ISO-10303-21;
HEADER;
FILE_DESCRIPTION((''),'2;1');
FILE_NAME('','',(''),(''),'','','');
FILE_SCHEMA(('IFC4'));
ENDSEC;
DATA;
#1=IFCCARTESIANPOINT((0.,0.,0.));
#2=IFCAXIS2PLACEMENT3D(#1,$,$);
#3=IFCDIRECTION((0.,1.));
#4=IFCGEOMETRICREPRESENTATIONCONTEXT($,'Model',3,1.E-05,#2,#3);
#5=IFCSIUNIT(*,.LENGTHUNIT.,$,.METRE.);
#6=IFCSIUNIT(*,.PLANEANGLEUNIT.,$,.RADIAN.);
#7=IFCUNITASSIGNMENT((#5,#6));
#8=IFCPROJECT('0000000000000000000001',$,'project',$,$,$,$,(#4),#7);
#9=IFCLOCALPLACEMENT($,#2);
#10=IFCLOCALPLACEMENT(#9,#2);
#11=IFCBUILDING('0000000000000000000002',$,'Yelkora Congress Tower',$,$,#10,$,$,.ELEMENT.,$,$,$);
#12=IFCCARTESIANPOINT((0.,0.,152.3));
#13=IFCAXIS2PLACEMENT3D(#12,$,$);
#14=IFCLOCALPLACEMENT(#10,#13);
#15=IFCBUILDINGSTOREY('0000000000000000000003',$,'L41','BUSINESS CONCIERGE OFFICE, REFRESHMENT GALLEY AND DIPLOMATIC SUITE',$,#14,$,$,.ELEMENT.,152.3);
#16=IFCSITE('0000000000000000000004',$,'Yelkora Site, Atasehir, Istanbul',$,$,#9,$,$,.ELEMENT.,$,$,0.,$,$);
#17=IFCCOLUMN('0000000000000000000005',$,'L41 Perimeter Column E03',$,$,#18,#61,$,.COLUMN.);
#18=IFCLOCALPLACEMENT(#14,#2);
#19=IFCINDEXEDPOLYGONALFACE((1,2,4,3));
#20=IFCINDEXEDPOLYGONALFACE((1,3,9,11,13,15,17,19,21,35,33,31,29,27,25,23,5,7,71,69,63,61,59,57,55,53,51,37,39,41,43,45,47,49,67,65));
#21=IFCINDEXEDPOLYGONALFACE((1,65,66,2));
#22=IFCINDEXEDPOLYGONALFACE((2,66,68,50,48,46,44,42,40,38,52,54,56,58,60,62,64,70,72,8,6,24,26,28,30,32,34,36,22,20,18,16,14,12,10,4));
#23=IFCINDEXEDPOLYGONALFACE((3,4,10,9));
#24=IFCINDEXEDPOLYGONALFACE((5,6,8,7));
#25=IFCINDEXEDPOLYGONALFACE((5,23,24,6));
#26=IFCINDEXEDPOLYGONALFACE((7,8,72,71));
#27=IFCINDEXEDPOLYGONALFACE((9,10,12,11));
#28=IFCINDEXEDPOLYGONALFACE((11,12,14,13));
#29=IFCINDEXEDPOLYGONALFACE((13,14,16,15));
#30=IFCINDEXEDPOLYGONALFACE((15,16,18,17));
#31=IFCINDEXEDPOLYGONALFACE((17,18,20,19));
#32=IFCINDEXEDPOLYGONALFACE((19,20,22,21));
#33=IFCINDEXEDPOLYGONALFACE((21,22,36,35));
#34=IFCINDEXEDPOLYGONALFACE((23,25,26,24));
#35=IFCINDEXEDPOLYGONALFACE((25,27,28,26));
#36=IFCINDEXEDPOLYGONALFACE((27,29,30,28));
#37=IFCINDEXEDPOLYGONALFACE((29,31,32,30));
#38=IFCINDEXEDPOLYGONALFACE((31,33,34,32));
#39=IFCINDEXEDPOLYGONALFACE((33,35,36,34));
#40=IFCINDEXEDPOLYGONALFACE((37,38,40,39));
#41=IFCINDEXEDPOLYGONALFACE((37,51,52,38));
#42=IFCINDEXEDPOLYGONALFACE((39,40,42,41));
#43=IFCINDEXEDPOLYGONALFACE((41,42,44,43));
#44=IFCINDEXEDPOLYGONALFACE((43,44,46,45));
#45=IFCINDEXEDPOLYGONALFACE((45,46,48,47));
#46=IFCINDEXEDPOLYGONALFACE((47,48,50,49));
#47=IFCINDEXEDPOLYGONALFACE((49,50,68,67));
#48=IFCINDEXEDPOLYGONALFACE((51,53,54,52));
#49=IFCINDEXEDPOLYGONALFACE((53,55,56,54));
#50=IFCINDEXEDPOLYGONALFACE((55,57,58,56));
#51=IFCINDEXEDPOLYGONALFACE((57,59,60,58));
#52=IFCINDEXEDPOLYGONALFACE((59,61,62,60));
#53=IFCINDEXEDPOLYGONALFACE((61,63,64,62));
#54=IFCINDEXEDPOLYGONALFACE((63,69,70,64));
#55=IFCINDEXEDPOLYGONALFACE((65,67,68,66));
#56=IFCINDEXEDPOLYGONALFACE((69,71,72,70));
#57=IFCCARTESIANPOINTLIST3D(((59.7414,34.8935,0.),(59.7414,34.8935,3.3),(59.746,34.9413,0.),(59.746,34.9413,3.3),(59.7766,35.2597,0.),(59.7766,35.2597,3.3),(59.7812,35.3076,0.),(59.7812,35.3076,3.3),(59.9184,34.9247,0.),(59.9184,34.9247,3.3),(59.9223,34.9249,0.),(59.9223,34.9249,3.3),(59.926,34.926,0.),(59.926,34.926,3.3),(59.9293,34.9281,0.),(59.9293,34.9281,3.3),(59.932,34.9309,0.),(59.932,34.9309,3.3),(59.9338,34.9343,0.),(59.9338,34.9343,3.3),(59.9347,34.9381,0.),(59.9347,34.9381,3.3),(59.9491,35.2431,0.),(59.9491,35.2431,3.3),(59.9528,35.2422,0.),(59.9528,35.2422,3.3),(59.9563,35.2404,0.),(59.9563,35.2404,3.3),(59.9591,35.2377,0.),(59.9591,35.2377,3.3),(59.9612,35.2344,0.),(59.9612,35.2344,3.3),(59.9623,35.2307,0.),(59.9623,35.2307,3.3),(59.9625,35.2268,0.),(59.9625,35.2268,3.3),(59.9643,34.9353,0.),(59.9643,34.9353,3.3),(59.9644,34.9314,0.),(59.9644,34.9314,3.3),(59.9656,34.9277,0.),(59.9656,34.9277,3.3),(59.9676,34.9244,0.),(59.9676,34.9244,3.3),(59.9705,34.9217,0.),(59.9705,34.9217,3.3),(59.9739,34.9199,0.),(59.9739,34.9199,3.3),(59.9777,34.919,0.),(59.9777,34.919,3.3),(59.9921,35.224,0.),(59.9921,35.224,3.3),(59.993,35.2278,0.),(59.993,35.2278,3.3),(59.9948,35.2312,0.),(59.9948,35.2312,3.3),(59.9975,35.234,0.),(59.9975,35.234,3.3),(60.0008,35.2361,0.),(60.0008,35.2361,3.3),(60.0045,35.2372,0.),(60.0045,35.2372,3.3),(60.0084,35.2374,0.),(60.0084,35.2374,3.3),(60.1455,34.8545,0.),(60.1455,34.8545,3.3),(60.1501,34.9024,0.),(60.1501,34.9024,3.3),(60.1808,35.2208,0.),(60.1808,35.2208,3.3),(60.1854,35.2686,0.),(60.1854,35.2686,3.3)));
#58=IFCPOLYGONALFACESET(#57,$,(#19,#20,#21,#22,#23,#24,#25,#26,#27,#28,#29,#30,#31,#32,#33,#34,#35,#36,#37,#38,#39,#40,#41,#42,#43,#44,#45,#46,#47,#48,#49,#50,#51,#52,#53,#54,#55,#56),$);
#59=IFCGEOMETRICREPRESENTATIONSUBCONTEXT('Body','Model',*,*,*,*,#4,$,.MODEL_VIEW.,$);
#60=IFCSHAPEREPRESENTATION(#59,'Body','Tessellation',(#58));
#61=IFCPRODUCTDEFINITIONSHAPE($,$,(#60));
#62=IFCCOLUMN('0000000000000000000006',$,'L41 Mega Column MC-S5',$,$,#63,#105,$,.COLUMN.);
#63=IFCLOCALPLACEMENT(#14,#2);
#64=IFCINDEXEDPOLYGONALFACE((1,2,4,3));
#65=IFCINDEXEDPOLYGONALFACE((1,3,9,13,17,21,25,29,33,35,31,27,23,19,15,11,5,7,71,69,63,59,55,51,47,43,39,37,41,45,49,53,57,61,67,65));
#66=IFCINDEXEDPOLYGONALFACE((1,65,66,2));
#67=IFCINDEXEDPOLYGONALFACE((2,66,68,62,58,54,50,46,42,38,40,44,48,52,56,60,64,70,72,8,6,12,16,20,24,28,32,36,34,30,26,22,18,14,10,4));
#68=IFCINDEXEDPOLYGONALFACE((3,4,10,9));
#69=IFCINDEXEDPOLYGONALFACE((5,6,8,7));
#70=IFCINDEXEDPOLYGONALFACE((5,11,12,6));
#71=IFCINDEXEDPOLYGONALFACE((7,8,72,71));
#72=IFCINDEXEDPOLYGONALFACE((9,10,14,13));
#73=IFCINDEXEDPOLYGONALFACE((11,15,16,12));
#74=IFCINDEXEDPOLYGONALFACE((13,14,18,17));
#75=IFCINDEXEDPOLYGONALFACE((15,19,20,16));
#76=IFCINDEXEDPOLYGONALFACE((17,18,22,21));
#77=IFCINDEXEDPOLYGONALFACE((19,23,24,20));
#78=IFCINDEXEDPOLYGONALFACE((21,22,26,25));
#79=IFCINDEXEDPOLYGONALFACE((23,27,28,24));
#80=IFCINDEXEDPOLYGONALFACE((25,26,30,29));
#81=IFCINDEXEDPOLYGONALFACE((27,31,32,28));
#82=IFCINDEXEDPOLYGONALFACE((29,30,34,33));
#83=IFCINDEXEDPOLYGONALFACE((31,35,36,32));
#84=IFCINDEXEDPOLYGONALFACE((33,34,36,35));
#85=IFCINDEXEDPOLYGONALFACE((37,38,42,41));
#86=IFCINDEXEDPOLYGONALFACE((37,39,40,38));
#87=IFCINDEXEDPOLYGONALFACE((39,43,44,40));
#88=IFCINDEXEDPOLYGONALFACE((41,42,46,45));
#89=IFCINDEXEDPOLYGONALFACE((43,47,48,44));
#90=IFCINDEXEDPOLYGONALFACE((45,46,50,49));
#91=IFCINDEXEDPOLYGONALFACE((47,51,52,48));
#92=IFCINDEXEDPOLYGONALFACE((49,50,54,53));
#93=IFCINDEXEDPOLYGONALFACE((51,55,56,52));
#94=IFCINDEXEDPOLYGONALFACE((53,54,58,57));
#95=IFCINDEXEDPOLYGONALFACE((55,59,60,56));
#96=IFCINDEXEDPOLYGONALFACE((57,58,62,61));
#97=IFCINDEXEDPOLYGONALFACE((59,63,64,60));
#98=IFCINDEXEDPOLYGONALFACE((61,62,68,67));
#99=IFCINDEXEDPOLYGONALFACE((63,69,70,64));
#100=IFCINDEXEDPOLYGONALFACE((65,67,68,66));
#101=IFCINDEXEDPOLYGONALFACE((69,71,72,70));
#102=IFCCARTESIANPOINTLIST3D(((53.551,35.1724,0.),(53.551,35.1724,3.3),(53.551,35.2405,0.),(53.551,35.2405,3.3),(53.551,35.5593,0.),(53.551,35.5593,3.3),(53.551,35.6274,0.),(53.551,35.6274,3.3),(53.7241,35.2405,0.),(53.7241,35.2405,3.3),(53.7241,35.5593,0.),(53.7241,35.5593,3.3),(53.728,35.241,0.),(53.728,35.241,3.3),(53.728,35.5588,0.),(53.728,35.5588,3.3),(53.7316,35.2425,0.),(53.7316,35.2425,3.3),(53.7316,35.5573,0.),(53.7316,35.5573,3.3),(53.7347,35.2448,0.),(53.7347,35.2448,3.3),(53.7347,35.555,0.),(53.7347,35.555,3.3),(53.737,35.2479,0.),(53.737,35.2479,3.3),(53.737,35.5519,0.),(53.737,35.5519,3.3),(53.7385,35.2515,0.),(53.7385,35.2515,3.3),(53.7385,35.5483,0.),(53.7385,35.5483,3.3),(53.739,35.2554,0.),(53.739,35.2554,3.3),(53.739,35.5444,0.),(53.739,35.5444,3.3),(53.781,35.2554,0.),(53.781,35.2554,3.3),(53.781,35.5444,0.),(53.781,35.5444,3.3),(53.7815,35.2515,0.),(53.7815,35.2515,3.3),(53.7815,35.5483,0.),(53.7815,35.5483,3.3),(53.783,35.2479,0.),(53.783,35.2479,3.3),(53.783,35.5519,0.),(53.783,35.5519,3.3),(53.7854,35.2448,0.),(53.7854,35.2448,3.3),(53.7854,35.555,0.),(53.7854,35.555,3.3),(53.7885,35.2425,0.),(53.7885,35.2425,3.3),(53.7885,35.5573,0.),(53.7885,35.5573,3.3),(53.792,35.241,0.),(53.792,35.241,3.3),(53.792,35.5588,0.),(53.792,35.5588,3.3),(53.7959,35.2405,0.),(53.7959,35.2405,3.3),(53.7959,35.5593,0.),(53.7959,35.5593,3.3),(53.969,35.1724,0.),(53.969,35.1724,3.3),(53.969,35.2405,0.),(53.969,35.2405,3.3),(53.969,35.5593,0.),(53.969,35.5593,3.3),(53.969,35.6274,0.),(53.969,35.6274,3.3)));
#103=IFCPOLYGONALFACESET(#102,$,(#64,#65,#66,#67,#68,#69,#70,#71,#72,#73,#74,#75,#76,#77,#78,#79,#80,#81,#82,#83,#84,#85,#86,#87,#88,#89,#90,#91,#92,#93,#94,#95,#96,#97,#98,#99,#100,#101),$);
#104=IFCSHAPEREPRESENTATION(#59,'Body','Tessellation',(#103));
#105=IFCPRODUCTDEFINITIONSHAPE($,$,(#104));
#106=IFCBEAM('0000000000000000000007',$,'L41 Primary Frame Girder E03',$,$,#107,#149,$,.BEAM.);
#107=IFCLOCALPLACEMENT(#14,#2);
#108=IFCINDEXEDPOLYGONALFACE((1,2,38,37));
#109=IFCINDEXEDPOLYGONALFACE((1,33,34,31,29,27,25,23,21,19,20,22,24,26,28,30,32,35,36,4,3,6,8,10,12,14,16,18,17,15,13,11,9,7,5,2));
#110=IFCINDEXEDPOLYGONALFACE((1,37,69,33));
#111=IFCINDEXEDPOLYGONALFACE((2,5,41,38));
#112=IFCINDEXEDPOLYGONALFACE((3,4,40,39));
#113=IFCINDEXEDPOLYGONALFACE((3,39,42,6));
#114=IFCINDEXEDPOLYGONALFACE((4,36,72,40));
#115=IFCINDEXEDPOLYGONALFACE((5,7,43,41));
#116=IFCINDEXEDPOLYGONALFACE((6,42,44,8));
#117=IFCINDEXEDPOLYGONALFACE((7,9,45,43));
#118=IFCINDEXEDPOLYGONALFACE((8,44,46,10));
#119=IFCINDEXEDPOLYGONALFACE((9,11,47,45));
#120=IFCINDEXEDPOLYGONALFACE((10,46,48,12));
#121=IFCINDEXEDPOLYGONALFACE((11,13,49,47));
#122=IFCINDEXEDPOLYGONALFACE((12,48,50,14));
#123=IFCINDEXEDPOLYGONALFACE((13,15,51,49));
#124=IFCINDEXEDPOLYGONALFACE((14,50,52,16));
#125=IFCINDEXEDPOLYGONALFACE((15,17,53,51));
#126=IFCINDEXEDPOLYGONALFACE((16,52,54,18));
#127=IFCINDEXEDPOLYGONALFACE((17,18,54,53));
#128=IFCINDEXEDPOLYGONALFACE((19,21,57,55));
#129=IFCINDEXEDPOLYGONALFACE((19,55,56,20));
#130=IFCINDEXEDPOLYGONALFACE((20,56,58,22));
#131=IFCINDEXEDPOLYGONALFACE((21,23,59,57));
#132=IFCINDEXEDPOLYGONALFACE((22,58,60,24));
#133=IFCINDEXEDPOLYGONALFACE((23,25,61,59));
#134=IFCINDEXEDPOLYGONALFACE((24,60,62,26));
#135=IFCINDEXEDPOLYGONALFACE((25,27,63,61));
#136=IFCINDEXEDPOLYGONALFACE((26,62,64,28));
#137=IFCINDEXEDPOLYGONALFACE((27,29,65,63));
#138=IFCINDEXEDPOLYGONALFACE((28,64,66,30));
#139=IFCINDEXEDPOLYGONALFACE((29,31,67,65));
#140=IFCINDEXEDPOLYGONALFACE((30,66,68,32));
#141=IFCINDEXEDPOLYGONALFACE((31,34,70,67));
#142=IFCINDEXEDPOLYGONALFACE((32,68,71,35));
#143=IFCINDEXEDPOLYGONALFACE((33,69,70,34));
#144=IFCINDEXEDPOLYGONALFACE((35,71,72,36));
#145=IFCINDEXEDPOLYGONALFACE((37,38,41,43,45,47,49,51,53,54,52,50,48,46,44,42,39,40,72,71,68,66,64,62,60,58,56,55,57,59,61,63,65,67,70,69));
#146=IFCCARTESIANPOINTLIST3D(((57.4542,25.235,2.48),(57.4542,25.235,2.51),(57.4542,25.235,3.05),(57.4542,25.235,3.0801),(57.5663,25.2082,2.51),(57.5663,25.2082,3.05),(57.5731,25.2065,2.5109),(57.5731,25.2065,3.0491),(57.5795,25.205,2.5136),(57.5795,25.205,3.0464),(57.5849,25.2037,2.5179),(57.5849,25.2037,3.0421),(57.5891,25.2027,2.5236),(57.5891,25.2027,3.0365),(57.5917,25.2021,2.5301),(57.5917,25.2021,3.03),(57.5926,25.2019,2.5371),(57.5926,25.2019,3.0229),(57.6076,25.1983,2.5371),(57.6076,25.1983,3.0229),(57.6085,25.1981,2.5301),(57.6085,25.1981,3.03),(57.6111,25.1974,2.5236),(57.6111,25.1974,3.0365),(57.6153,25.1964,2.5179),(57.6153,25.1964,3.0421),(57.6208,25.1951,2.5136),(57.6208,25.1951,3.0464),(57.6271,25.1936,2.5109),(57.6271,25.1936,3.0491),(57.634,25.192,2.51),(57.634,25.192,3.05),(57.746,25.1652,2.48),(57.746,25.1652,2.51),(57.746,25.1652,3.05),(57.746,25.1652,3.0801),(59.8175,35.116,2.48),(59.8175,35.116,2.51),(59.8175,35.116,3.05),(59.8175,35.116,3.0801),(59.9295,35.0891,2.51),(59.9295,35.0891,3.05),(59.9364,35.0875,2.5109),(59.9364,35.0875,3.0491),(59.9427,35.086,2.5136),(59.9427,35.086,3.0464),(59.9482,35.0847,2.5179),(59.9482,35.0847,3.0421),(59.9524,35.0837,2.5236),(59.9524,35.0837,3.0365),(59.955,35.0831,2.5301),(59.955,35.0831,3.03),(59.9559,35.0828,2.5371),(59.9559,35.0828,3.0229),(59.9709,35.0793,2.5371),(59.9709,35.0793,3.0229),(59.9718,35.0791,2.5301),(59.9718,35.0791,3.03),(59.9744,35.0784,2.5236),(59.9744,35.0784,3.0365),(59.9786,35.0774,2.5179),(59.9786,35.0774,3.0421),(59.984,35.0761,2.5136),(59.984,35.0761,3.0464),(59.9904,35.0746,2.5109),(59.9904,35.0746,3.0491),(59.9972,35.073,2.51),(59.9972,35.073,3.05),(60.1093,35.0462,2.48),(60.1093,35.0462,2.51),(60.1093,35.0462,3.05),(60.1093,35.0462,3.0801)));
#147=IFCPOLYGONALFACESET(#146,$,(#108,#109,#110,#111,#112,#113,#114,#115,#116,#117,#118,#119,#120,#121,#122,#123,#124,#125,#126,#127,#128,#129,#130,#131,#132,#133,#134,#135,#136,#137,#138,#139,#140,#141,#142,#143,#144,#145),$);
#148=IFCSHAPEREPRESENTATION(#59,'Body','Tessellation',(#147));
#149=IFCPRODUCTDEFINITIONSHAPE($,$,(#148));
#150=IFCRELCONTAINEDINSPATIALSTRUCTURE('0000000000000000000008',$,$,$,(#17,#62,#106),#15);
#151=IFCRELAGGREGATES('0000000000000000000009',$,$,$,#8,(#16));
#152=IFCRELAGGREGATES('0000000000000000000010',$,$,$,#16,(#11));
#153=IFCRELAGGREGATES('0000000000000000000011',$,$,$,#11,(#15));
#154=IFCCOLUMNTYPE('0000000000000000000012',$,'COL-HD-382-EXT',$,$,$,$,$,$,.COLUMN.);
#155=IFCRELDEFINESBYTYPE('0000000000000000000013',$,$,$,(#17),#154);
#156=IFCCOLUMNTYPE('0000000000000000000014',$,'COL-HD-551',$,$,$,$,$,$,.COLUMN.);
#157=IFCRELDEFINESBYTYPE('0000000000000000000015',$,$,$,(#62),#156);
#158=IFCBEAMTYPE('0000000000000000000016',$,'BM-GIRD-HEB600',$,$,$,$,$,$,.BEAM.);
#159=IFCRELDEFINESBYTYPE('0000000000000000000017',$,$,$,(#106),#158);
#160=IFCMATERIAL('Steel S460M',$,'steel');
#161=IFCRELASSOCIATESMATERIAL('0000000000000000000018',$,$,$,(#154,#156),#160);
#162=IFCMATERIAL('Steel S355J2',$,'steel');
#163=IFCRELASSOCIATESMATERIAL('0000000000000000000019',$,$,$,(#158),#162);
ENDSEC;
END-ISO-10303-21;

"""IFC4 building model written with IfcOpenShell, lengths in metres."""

from ifc_helpers import new_model, si_unit, direction, frame, origin, origin_2d, place, context, subcontext, project, spatial, i_section, extrude, material, material_profile, profile_set, type_object, element, save


model = new_model("IFC4")

# Units and contexts
model_context = context("Model", 3, precision=1e-05, world=origin(), true_north=direction((0.0, 1.0)))
body_context = subcontext(model_context, "Body", "Model", "MODEL_VIEW")
ifc_project = project(units=[si_unit("LENGTHUNIT", "METRE"), si_unit("PLANEANGLEUNIT", "RADIAN")], contexts=[model_context])

# Site, building, storey
site_placement = place(None, origin())
site = spatial("IfcSite", under=ifc_project, at=site_placement, Name="Yelkora Site, Atasehir, Istanbul", CompositionType="ELEMENT", RefElevation=0.0)
building_placement = place(site_placement, origin())
building = spatial("IfcBuilding", under=site, at=building_placement, Name="Yelkora Congress Tower", CompositionType="ELEMENT")
storey_placement = place(building_placement, frame((0.0, 0.0, 152.3)))
storey = spatial("IfcBuildingStorey", under=building, at=storey_placement, Name="L41", Description="BUSINESS CONCIERGE OFFICE, REFRESHMENT GALLEY AND DIPLOMATIC SUITE", CompositionType="ELEMENT", Elevation=152.3)

# Columns
ifc_material_1 = material(Name="Steel S460M", Category="steel")
ifc_material_profile_1 = material_profile(ifc_material_1, i_section(OverallWidth=0.406, OverallDepth=0.416, WebThickness=0.0298, FlangeThickness=0.0481, FilletRadius=0.0149, at=origin_2d()), Name="HD 400x382")
ifc_profile_set_1 = profile_set([ifc_material_profile_1], Name="Steel S460M")
column_type_1 = type_object("IfcColumnType", Name="COL-HD-382-EXT", PredefinedType="COLUMN", material=ifc_profile_set_1)
column_1_placement = place(storey_placement, frame((59.9634, 35.0811, 0.0), z_axis=(0.0, 0.0, 1.0), x_axis=(0.995396, -0.095846, 0.0)))
element("IfcColumn", 1, at=column_1_placement, inside=storey, type_object=column_type_1, Name="L41 Perimeter Column E03", PredefinedType="COLUMN", context=body_context, shape_type="SweptSolid", body=[
    extrude(i_section(OverallWidth=0.406, OverallDepth=0.416, WebThickness=0.0298, FlangeThickness=0.0481, FilletRadius=0.0149, at=origin_2d()), origin(), (0.0, 0.0, 1.0), 3.3),
])
ifc_material_profile_2 = material_profile(ifc_material_1, i_section(OverallWidth=0.418, OverallDepth=0.4551, WebThickness=0.042, FlangeThickness=0.0681, FilletRadius=0.0149, at=origin_2d()), Name="HD 400x551")
ifc_profile_set_2 = profile_set([ifc_material_profile_2], Name="Steel S460M")
column_type_2 = type_object("IfcColumnType", Name="COL-HD-551", PredefinedType="COLUMN", material=ifc_profile_set_2)
column_2_placement = place(storey_placement, frame((53.76, 35.3999, 0.0), z_axis=(0.0, 0.0, 1.0), x_axis=(1.0, 0.0, 0.0)))
element("IfcColumn", 2, at=column_2_placement, inside=storey, type_object=column_type_2, Name="L41 Mega Column MC-S5", PredefinedType="COLUMN", context=body_context, shape_type="SweptSolid", body=[
    extrude(i_section(OverallWidth=0.418, OverallDepth=0.4551, WebThickness=0.042, FlangeThickness=0.0681, FilletRadius=0.0149, at=origin_2d()), origin(), (0.0, 0.0, 1.0), 3.3),
])

# Beam
ifc_material_2 = material(Name="Steel S355J2", Category="steel")
ifc_material_profile_3 = material_profile(ifc_material_2, i_section(OverallWidth=0.3, OverallDepth=0.6001, WebThickness=0.0154, FlangeThickness=0.03, FilletRadius=0.0271, at=origin_2d()), Name="HEB 600")
ifc_profile_set_3 = profile_set([ifc_material_profile_3], Name="Steel S355J2")
beam_type_1 = type_object("IfcBeamType", Name="BM-GIRD-HEB600", PredefinedType="BEAM", material=ifc_profile_set_3)
beam_1_placement = place(storey_placement, frame((59.9634, 35.0811, 2.78), z_axis=(-0.232611, -0.97257, 0.0), x_axis=(0.97257, -0.232611, 0.0)))
element("IfcBeam", 3, at=beam_1_placement, inside=storey, type_object=beam_type_1, Name="L41 Primary Frame Girder E03", PredefinedType="BEAM", context=body_context, shape_type="SweptSolid", body=[
    extrude(i_section(OverallWidth=0.3, OverallDepth=0.6001, WebThickness=0.0154, FlangeThickness=0.03, FilletRadius=0.0271, at=origin_2d()), origin(), (0.0, 0.0, 1.0), 10.1597),
])

save(model, "model.ifc")
